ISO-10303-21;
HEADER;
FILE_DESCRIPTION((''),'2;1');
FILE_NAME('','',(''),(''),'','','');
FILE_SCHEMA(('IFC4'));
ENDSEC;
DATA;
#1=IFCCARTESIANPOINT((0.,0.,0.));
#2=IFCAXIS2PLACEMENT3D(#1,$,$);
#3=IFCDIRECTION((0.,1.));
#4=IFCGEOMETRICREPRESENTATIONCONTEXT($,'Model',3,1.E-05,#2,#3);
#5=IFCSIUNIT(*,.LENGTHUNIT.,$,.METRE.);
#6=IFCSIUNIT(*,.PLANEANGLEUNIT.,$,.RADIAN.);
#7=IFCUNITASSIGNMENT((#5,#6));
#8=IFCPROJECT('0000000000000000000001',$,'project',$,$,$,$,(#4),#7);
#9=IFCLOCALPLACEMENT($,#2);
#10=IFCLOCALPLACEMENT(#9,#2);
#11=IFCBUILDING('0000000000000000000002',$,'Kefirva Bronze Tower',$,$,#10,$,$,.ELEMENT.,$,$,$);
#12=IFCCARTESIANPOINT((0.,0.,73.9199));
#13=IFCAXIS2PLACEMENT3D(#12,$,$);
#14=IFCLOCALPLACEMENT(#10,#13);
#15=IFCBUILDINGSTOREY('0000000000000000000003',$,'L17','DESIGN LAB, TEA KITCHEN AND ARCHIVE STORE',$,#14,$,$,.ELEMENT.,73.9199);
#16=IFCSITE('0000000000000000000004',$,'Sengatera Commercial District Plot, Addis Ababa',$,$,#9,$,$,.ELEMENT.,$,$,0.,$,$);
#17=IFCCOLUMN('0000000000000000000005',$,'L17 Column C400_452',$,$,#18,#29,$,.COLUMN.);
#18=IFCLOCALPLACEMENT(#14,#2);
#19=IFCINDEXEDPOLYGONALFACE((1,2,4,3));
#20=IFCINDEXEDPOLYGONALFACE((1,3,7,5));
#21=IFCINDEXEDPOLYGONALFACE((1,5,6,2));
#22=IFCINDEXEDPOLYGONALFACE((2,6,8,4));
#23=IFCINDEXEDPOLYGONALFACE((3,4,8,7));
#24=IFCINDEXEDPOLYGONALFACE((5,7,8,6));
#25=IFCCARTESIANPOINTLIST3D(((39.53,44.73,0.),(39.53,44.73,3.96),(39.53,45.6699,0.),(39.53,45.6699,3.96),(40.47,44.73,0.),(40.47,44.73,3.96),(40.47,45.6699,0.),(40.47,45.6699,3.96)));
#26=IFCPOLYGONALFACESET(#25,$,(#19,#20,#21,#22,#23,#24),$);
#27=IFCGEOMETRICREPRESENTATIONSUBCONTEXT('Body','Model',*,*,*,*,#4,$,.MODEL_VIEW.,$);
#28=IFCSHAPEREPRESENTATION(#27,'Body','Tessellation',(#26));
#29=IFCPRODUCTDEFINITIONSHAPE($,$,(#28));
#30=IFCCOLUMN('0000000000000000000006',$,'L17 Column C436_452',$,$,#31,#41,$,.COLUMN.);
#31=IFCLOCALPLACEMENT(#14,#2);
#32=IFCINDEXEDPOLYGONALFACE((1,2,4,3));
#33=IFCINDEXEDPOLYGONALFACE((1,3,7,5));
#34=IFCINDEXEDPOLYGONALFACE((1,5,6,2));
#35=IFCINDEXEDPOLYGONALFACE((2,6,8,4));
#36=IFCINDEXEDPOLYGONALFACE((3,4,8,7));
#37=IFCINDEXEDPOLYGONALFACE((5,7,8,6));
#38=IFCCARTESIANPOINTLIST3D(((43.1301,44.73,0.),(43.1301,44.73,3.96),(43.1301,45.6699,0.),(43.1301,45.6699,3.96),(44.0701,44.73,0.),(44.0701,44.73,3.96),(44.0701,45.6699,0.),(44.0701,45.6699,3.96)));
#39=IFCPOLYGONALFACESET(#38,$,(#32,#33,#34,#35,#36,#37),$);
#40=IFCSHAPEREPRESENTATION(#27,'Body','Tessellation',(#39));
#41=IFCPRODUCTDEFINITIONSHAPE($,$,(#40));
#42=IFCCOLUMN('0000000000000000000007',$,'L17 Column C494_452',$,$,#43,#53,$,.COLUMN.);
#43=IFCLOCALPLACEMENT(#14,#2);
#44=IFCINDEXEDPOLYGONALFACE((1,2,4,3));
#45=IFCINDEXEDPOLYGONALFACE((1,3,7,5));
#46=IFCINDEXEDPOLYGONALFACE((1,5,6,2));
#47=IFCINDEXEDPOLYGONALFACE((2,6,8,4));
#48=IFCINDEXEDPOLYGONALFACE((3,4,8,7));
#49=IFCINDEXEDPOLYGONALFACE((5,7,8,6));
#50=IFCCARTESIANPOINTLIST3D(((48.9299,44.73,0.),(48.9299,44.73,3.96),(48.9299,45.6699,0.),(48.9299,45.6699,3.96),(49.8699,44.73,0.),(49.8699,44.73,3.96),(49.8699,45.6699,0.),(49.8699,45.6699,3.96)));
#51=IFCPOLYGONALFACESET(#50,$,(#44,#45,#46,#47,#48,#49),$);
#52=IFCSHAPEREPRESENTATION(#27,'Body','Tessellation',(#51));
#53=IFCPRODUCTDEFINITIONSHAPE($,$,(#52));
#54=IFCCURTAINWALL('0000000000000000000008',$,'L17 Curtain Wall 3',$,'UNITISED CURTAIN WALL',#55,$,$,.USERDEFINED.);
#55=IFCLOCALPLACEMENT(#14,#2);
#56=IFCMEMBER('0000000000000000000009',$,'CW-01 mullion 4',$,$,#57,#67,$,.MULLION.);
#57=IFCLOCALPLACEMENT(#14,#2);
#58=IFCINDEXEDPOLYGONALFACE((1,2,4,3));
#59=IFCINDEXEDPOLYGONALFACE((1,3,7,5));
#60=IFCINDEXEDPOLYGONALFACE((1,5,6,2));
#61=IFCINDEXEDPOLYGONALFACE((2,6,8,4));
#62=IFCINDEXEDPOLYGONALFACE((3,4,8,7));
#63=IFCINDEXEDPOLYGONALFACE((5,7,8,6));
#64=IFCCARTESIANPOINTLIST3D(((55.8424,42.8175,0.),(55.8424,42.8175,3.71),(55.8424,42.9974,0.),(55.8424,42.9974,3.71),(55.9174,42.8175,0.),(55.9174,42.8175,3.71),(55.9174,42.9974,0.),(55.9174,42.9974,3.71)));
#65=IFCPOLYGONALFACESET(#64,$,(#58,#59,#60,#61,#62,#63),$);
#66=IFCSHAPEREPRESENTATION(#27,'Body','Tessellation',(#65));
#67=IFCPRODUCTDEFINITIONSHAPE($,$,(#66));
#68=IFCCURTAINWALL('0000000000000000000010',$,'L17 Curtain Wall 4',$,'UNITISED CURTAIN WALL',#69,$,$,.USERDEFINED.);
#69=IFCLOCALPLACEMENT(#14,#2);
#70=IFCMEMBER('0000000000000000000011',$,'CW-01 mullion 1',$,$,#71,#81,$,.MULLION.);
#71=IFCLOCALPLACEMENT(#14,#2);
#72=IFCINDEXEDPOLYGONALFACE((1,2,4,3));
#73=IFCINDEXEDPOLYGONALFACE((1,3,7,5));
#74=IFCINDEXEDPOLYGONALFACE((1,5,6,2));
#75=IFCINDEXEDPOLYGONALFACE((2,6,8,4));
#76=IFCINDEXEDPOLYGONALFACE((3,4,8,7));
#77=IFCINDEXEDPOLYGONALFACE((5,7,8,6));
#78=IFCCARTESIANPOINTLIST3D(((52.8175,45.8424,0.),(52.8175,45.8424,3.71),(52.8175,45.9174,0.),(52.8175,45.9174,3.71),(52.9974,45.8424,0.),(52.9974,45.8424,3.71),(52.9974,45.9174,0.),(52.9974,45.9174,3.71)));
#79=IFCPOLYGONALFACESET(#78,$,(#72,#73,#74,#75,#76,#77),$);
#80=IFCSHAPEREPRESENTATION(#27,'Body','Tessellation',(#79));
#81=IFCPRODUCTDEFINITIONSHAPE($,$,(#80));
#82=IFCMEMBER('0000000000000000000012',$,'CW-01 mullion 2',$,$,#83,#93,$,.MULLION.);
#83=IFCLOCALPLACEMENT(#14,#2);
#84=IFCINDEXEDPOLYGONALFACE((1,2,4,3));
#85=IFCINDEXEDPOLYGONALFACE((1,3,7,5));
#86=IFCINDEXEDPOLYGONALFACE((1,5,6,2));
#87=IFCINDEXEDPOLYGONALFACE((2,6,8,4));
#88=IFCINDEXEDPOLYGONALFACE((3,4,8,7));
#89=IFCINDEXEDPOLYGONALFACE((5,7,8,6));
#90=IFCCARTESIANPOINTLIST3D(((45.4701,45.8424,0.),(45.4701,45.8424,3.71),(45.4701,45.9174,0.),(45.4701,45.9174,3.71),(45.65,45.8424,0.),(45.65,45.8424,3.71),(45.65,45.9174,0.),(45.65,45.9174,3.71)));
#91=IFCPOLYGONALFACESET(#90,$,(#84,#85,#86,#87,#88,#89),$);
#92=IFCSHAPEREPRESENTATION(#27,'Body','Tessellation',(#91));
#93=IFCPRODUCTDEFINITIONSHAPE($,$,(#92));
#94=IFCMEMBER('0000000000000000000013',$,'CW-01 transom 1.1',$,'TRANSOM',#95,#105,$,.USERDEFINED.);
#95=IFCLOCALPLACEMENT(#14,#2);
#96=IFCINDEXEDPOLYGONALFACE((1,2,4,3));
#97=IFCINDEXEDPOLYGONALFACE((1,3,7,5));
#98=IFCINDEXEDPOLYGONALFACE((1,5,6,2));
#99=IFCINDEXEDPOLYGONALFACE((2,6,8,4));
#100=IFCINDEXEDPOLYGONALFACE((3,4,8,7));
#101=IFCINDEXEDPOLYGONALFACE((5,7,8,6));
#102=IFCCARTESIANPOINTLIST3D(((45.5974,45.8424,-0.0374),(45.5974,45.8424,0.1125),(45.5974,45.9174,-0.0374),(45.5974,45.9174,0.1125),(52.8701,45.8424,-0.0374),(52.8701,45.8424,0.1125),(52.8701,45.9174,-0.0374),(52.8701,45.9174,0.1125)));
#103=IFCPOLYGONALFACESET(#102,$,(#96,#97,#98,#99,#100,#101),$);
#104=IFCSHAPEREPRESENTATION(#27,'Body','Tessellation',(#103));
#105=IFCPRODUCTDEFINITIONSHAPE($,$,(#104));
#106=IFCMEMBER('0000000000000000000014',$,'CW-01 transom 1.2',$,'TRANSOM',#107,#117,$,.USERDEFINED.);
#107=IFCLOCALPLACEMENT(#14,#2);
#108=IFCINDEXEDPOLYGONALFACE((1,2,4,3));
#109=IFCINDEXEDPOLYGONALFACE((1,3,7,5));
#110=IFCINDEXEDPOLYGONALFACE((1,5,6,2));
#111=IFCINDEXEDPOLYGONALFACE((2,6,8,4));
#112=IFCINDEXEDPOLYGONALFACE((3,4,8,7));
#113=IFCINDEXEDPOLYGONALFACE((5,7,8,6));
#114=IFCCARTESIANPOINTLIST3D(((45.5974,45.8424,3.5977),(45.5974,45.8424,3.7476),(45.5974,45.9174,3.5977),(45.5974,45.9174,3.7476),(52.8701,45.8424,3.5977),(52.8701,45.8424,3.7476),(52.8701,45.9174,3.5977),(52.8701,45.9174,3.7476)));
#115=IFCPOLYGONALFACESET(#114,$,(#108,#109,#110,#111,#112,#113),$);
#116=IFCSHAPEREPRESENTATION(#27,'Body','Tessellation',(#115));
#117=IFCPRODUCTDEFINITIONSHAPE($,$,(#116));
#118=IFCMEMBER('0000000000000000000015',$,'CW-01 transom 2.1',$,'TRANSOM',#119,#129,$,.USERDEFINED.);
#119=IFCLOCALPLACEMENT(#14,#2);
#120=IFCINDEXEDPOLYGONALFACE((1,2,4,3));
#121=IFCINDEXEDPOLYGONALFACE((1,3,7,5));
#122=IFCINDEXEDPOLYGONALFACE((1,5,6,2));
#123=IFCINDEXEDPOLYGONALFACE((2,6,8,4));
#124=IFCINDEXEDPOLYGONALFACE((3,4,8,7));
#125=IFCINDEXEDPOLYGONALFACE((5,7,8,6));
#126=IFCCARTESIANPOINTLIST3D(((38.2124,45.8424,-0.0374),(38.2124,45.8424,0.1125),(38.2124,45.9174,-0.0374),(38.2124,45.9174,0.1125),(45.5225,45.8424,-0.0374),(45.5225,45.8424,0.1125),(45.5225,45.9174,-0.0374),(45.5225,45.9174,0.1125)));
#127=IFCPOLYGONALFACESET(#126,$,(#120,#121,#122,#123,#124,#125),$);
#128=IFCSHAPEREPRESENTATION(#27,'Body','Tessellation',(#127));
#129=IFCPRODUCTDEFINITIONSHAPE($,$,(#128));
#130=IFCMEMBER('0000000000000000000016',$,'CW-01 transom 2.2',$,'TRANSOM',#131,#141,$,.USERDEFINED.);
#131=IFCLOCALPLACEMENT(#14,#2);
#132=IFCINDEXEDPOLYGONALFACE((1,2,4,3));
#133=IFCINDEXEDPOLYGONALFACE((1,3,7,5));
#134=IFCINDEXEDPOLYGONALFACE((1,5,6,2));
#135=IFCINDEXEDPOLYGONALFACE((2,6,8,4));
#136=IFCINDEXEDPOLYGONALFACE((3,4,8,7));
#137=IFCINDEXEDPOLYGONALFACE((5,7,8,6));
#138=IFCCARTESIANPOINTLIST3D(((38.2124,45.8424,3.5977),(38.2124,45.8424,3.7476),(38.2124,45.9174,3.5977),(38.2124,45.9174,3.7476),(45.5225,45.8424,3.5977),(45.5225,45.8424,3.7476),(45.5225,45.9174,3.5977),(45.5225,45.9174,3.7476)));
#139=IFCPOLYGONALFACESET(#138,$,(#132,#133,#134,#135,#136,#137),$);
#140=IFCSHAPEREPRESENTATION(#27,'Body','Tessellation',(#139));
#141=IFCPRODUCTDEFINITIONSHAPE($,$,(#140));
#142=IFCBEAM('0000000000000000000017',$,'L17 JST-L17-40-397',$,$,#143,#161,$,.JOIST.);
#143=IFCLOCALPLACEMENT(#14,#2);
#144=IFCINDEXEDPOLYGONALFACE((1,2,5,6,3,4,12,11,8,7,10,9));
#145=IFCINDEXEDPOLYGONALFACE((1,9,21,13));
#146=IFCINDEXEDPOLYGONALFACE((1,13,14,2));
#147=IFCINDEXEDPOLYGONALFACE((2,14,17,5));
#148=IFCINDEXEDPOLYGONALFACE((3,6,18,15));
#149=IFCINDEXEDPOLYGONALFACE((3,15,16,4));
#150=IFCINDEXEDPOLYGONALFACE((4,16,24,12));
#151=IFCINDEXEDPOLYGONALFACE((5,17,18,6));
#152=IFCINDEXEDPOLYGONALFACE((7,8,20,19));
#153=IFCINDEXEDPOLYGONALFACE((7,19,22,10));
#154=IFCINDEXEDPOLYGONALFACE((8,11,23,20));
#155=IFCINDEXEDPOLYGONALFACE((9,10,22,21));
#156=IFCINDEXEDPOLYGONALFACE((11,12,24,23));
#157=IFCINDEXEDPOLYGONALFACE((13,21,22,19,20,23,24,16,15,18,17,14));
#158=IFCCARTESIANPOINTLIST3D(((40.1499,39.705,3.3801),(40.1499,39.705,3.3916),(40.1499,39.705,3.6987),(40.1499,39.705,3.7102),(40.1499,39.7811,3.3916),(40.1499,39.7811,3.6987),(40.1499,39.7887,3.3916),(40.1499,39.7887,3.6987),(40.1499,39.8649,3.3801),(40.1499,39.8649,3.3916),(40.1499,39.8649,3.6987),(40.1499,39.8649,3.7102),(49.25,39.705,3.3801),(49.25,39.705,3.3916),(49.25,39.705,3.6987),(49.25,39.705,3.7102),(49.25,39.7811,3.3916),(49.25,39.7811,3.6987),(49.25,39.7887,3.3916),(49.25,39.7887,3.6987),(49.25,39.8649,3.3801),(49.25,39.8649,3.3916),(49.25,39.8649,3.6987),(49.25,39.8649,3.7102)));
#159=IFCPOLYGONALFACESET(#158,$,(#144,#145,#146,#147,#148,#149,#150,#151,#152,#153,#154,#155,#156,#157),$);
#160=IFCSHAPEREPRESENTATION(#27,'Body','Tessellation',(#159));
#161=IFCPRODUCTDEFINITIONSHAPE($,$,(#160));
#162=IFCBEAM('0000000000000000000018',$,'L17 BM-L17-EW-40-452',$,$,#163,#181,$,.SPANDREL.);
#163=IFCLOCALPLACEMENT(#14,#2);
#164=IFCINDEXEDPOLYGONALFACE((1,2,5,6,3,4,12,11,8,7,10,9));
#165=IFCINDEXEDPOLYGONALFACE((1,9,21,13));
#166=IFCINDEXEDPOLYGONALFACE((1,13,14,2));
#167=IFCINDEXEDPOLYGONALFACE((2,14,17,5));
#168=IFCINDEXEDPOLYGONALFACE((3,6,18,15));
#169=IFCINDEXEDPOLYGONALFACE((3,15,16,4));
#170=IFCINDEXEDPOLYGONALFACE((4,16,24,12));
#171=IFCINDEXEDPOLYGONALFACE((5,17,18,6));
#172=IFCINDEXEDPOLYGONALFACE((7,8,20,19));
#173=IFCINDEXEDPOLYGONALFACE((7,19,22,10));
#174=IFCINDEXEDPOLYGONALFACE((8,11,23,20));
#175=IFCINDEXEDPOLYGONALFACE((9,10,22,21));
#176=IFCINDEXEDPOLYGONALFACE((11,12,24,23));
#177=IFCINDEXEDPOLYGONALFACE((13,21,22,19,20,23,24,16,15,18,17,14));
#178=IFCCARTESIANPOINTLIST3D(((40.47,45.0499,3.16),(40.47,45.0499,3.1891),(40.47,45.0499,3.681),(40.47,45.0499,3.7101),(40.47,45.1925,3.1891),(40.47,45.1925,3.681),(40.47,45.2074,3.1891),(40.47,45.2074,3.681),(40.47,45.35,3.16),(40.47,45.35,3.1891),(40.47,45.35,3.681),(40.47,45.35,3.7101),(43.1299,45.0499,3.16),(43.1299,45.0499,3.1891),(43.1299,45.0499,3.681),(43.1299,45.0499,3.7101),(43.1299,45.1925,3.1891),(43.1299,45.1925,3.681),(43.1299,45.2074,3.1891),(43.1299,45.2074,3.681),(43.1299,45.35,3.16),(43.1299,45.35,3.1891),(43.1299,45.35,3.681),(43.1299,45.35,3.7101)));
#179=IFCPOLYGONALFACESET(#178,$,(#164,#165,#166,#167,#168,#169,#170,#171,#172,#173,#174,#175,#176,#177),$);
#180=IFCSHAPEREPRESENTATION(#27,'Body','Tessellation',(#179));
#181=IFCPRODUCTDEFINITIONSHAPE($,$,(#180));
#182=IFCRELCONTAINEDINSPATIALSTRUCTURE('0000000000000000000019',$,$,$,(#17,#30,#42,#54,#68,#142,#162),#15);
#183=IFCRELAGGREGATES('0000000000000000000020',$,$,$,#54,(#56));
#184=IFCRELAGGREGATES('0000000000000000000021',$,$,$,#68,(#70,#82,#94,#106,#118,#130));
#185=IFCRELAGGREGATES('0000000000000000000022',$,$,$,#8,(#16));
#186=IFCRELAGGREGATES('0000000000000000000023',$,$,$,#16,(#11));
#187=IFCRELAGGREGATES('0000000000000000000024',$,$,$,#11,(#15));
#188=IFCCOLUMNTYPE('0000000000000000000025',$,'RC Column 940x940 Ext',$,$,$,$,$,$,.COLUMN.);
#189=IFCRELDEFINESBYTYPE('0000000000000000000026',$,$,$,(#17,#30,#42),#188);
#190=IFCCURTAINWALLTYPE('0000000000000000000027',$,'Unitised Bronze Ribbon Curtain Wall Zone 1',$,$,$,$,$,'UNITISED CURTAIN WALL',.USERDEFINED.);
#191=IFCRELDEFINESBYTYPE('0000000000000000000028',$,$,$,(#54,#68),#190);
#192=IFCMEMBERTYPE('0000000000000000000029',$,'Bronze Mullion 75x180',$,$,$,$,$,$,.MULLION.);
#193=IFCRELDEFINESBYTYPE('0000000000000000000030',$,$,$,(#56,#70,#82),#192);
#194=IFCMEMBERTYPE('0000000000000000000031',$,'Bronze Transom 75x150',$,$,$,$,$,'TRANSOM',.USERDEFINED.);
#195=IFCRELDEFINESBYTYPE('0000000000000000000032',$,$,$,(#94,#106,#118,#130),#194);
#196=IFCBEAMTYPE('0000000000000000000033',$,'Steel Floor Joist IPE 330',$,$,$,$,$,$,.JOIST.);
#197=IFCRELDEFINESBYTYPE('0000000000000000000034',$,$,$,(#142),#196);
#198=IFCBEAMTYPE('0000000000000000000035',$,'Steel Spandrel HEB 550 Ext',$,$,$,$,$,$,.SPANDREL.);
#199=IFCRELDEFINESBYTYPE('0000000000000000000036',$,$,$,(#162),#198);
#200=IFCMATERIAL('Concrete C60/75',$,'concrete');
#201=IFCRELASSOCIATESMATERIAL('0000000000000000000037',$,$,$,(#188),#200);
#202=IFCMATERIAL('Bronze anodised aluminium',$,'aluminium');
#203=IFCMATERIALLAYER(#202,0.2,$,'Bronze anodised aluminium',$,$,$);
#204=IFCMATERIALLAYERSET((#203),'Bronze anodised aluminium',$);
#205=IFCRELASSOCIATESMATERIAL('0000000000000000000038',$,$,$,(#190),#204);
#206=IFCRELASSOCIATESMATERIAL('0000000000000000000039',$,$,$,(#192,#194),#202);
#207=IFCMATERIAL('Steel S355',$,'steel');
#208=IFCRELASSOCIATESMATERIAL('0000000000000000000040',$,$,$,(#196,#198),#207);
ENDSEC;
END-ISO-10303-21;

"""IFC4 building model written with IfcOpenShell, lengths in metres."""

from ifc_helpers import new_model, si_unit, direction, frame, origin, origin_2d, place, context, subcontext, project, spatial, rectangle, i_section, extrude, material, layer, layer_set, material_profile, profile_set, type_object, element, aggregate, save


model = new_model("IFC4")

# Units and contexts
model_context = context("Model", 3, precision=1e-05, world=origin(), true_north=direction((0.0, 1.0)))
body_context = subcontext(model_context, "Body", "Model", "MODEL_VIEW")
ifc_project = project(units=[si_unit("LENGTHUNIT", "METRE"), si_unit("PLANEANGLEUNIT", "RADIAN")], contexts=[model_context])

# Site, building, storey
site_placement = place(None, origin())
site = spatial("IfcSite", under=ifc_project, at=site_placement, Name="Sengatera Commercial District Plot, Addis Ababa", CompositionType="ELEMENT", RefElevation=0.0)
building_placement = place(site_placement, origin())
building = spatial("IfcBuilding", under=site, at=building_placement, Name="Kefirva Bronze Tower", CompositionType="ELEMENT")
storey_placement = place(building_placement, frame((0.0, 0.0, 73.9199)))
storey = spatial("IfcBuildingStorey", under=building, at=storey_placement, Name="L17", Description="DESIGN LAB, TEA KITCHEN AND ARCHIVE STORE", CompositionType="ELEMENT", Elevation=73.9199)

# Columns
ifc_material_1 = material(Name="Concrete C60/75", Category="concrete")
ifc_material_profile_1 = material_profile(ifc_material_1, rectangle(XDim=0.9399, YDim=0.9399, at=origin_2d()), Name="RC 940x940")
ifc_profile_set_1 = profile_set([ifc_material_profile_1], Name="Concrete C60/75")
column_type = type_object("IfcColumnType", Name="RC Column 940x940 Ext", PredefinedType="COLUMN", material=ifc_profile_set_1)
for number, where, z_axis, x_axis, name in (
    (1, (40.0, 45.2, 0.0), (0.0, 0.0, 1.0), (1.0, 0.0, 0.0), "L17 Column C400_452"),
    (2, (43.6001, 45.2, 0.0), (0.0, 0.0, 1.0), (1.0, 0.0, 0.0), "L17 Column C436_452"),
    (3, (49.3999, 45.2, 0.0), (0.0, 0.0, 1.0), (1.0, 0.0, 0.0), "L17 Column C494_452"),
):
    element("IfcColumn", number, at=place(storey_placement, frame(where, z_axis=z_axis, x_axis=x_axis)), inside=storey, type_object=column_type, Name=name, PredefinedType="COLUMN", context=body_context, shape_type="SweptSolid", body=[
        extrude(rectangle(XDim=0.9399, YDim=0.9399, at=origin_2d()), origin(), (0.0, 0.0, 1.0), 3.96),
    ])

# Curtain wall, member
ifc_material_2 = material(Name="Bronze anodised aluminium", Category="aluminium")
ifc_layer_1 = layer(ifc_material_2, 0.2, Name="Bronze anodised aluminium")
ifc_layer_set_1 = layer_set([ifc_layer_1], Name="Bronze anodised aluminium")
curtain_wall_type = type_object("IfcCurtainWallType", Name="Unitised Bronze Ribbon Curtain Wall Zone 1", ElementType="UNITISED CURTAIN WALL", PredefinedType="USERDEFINED", material=ifc_layer_set_1)
curtain_wall_1_placement = place(storey_placement, origin())
curtain_wall_1 = element("IfcCurtainWall", 4, at=curtain_wall_1_placement, inside=storey, type_object=curtain_wall_type, Name="L17 Curtain Wall 3", ObjectType="UNITISED CURTAIN WALL", PredefinedType="USERDEFINED")
ifc_material_profile_2 = material_profile(ifc_material_2, rectangle(XDim=0.075, YDim=0.1799, at=origin_2d()), Name="ALU 75x180")
ifc_profile_set_2 = profile_set([ifc_material_profile_2], Name="Bronze anodised aluminium")
member_type_1 = type_object("IfcMemberType", Name="Bronze Mullion 75x180", PredefinedType="MULLION", material=ifc_profile_set_2)
member_1_placement = place(storey_placement, frame((55.8799, 42.9075, 0.0), z_axis=(0.0, 0.0, 1.0), x_axis=(-1.0, 0.0, 0.0)))
member_1 = element("IfcMember", 5, at=member_1_placement, type_object=member_type_1, Name="CW-01 mullion 4", PredefinedType="MULLION", context=body_context, shape_type="SweptSolid", body=[
    extrude(rectangle(XDim=0.075, YDim=0.1799, at=origin_2d()), origin(), (0.0, 0.0, 1.0), 3.71),
])

# Curtain wall, members
curtain_wall_2_placement = place(storey_placement, origin())
curtain_wall_2 = element("IfcCurtainWall", 6, at=curtain_wall_2_placement, inside=storey, type_object=curtain_wall_type, Name="L17 Curtain Wall 4", ObjectType="UNITISED CURTAIN WALL", PredefinedType="USERDEFINED")
member_2_placement = place(storey_placement, frame((52.9075, 45.8799, 0.0), z_axis=(0.0, 0.0, 1.0), x_axis=(0.0, -1.0, 0.0)))
member_2 = element("IfcMember", 7, at=member_2_placement, type_object=member_type_1, Name="CW-01 mullion 1", PredefinedType="MULLION", context=body_context, shape_type="SweptSolid", body=[
    extrude(rectangle(XDim=0.075, YDim=0.1799, at=origin_2d()), origin(), (0.0, 0.0, 1.0), 3.71),
])
member_3_placement = place(storey_placement, frame((45.5601, 45.8799, 0.0), z_axis=(0.0, 0.0, 1.0), x_axis=(0.0, -1.0, 0.0)))
member_3 = element("IfcMember", 8, at=member_3_placement, type_object=member_type_1, Name="CW-01 mullion 2", PredefinedType="MULLION", context=body_context, shape_type="SweptSolid", body=[
    extrude(rectangle(XDim=0.075, YDim=0.1799, at=origin_2d()), origin(), (0.0, 0.0, 1.0), 3.71),
])
ifc_material_profile_3 = material_profile(ifc_material_2, rectangle(XDim=0.075, YDim=0.1499, at=origin_2d()), Name="ALU 75x150")
ifc_profile_set_3 = profile_set([ifc_material_profile_3], Name="Bronze anodised aluminium")
member_type_2 = type_object("IfcMemberType", Name="Bronze Transom 75x150", ElementType="TRANSOM", PredefinedType="USERDEFINED", material=ifc_profile_set_3)
member_4_placement = place(storey_placement, frame((52.8701, 45.8799, 0.0376), z_axis=(-1.0, 0.0, 0.0), x_axis=(0.0, -1.0, 0.0)))
member_4 = element("IfcMember", 9, at=member_4_placement, type_object=member_type_2, Name="CW-01 transom 1.1", ObjectType="TRANSOM", PredefinedType="USERDEFINED", context=body_context, shape_type="SweptSolid", body=[
    extrude(rectangle(XDim=0.075, YDim=0.1499, at=origin_2d()), origin(), (0.0, 0.0, 1.0), 7.2727),
])
member_5_placement = place(storey_placement, frame((52.8701, 45.8799, 3.6726), z_axis=(-1.0, 0.0, 0.0), x_axis=(0.0, -1.0, 0.0)))
member_5 = element("IfcMember", 10, at=member_5_placement, type_object=member_type_2, Name="CW-01 transom 1.2", ObjectType="TRANSOM", PredefinedType="USERDEFINED", context=body_context, shape_type="SweptSolid", body=[
    extrude(rectangle(XDim=0.075, YDim=0.1499, at=origin_2d()), origin(), (0.0, 0.0, 1.0), 7.2727),
])
member_6_placement = place(storey_placement, frame((45.5225, 45.8799, 0.0376), z_axis=(-1.0, 0.0, 0.0), x_axis=(0.0, -1.0, 0.0)))
member_6 = element("IfcMember", 11, at=member_6_placement, type_object=member_type_2, Name="CW-01 transom 2.1", ObjectType="TRANSOM", PredefinedType="USERDEFINED", context=body_context, shape_type="SweptSolid", body=[
    extrude(rectangle(XDim=0.075, YDim=0.1499, at=origin_2d()), origin(), (0.0, 0.0, 1.0), 7.3101),
])
member_7_placement = place(storey_placement, frame((45.5225, 45.8799, 3.6726), z_axis=(-1.0, 0.0, 0.0), x_axis=(0.0, -1.0, 0.0)))
member_7 = element("IfcMember", 12, at=member_7_placement, type_object=member_type_2, Name="CW-01 transom 2.2", ObjectType="TRANSOM", PredefinedType="USERDEFINED", context=body_context, shape_type="SweptSolid", body=[
    extrude(rectangle(XDim=0.075, YDim=0.1499, at=origin_2d()), origin(), (0.0, 0.0, 1.0), 7.3101),
])

# Beams
ifc_material_3 = material(Name="Steel S355", Category="steel")
ifc_material_profile_4 = material_profile(ifc_material_3, i_section(OverallWidth=0.1599, OverallDepth=0.3301, WebThickness=0.0076, FlangeThickness=0.0115, at=origin_2d()), Name="IPE 330")
ifc_profile_set_4 = profile_set([ifc_material_profile_4], Name="Steel S355")
beam_type_1 = type_object("IfcBeamType", Name="Steel Floor Joist IPE 330", PredefinedType="JOIST", material=ifc_profile_set_4)
beam_1_placement = place(storey_placement, frame((40.1499, 39.7849, 3.5452), z_axis=(1.0, 0.0, 0.0), x_axis=(0.0, 1.0, 0.0)))
element("IfcBeam", 13, at=beam_1_placement, inside=storey, type_object=beam_type_1, Name="L17 JST-L17-40-397", PredefinedType="JOIST", context=body_context, shape_type="SweptSolid", body=[
    extrude(i_section(OverallWidth=0.1599, OverallDepth=0.3301, WebThickness=0.0076, FlangeThickness=0.0115, at=origin_2d()), origin(), (0.0, 0.0, 1.0), 9.1001),
])
ifc_material_profile_5 = material_profile(ifc_material_3, i_section(OverallWidth=0.3, OverallDepth=0.55, WebThickness=0.0149, FlangeThickness=0.0291, at=origin_2d()), Name="HEB 550")
ifc_profile_set_5 = profile_set([ifc_material_profile_5], Name="Steel S355")
beam_type_2 = type_object("IfcBeamType", Name="Steel Spandrel HEB 550 Ext", PredefinedType="SPANDREL", material=ifc_profile_set_5)
beam_2_placement = place(storey_placement, frame((40.47, 45.2, 3.4351), z_axis=(1.0, 0.0, 0.0), x_axis=(0.0, 1.0, 0.0)))
element("IfcBeam", 14, at=beam_2_placement, inside=storey, type_object=beam_type_2, Name="L17 BM-L17-EW-40-452", PredefinedType="SPANDREL", context=body_context, shape_type="SweptSolid", body=[
    extrude(i_section(OverallWidth=0.3, OverallDepth=0.55, WebThickness=0.0149, FlangeThickness=0.0291, at=origin_2d()), origin(), (0.0, 0.0, 1.0), 2.6599),
])

aggregate(curtain_wall_1, [member_1])
aggregate(curtain_wall_2, [member_2, member_3, member_4, member_5, member_6, member_7])

save(model, "model.ifc")
